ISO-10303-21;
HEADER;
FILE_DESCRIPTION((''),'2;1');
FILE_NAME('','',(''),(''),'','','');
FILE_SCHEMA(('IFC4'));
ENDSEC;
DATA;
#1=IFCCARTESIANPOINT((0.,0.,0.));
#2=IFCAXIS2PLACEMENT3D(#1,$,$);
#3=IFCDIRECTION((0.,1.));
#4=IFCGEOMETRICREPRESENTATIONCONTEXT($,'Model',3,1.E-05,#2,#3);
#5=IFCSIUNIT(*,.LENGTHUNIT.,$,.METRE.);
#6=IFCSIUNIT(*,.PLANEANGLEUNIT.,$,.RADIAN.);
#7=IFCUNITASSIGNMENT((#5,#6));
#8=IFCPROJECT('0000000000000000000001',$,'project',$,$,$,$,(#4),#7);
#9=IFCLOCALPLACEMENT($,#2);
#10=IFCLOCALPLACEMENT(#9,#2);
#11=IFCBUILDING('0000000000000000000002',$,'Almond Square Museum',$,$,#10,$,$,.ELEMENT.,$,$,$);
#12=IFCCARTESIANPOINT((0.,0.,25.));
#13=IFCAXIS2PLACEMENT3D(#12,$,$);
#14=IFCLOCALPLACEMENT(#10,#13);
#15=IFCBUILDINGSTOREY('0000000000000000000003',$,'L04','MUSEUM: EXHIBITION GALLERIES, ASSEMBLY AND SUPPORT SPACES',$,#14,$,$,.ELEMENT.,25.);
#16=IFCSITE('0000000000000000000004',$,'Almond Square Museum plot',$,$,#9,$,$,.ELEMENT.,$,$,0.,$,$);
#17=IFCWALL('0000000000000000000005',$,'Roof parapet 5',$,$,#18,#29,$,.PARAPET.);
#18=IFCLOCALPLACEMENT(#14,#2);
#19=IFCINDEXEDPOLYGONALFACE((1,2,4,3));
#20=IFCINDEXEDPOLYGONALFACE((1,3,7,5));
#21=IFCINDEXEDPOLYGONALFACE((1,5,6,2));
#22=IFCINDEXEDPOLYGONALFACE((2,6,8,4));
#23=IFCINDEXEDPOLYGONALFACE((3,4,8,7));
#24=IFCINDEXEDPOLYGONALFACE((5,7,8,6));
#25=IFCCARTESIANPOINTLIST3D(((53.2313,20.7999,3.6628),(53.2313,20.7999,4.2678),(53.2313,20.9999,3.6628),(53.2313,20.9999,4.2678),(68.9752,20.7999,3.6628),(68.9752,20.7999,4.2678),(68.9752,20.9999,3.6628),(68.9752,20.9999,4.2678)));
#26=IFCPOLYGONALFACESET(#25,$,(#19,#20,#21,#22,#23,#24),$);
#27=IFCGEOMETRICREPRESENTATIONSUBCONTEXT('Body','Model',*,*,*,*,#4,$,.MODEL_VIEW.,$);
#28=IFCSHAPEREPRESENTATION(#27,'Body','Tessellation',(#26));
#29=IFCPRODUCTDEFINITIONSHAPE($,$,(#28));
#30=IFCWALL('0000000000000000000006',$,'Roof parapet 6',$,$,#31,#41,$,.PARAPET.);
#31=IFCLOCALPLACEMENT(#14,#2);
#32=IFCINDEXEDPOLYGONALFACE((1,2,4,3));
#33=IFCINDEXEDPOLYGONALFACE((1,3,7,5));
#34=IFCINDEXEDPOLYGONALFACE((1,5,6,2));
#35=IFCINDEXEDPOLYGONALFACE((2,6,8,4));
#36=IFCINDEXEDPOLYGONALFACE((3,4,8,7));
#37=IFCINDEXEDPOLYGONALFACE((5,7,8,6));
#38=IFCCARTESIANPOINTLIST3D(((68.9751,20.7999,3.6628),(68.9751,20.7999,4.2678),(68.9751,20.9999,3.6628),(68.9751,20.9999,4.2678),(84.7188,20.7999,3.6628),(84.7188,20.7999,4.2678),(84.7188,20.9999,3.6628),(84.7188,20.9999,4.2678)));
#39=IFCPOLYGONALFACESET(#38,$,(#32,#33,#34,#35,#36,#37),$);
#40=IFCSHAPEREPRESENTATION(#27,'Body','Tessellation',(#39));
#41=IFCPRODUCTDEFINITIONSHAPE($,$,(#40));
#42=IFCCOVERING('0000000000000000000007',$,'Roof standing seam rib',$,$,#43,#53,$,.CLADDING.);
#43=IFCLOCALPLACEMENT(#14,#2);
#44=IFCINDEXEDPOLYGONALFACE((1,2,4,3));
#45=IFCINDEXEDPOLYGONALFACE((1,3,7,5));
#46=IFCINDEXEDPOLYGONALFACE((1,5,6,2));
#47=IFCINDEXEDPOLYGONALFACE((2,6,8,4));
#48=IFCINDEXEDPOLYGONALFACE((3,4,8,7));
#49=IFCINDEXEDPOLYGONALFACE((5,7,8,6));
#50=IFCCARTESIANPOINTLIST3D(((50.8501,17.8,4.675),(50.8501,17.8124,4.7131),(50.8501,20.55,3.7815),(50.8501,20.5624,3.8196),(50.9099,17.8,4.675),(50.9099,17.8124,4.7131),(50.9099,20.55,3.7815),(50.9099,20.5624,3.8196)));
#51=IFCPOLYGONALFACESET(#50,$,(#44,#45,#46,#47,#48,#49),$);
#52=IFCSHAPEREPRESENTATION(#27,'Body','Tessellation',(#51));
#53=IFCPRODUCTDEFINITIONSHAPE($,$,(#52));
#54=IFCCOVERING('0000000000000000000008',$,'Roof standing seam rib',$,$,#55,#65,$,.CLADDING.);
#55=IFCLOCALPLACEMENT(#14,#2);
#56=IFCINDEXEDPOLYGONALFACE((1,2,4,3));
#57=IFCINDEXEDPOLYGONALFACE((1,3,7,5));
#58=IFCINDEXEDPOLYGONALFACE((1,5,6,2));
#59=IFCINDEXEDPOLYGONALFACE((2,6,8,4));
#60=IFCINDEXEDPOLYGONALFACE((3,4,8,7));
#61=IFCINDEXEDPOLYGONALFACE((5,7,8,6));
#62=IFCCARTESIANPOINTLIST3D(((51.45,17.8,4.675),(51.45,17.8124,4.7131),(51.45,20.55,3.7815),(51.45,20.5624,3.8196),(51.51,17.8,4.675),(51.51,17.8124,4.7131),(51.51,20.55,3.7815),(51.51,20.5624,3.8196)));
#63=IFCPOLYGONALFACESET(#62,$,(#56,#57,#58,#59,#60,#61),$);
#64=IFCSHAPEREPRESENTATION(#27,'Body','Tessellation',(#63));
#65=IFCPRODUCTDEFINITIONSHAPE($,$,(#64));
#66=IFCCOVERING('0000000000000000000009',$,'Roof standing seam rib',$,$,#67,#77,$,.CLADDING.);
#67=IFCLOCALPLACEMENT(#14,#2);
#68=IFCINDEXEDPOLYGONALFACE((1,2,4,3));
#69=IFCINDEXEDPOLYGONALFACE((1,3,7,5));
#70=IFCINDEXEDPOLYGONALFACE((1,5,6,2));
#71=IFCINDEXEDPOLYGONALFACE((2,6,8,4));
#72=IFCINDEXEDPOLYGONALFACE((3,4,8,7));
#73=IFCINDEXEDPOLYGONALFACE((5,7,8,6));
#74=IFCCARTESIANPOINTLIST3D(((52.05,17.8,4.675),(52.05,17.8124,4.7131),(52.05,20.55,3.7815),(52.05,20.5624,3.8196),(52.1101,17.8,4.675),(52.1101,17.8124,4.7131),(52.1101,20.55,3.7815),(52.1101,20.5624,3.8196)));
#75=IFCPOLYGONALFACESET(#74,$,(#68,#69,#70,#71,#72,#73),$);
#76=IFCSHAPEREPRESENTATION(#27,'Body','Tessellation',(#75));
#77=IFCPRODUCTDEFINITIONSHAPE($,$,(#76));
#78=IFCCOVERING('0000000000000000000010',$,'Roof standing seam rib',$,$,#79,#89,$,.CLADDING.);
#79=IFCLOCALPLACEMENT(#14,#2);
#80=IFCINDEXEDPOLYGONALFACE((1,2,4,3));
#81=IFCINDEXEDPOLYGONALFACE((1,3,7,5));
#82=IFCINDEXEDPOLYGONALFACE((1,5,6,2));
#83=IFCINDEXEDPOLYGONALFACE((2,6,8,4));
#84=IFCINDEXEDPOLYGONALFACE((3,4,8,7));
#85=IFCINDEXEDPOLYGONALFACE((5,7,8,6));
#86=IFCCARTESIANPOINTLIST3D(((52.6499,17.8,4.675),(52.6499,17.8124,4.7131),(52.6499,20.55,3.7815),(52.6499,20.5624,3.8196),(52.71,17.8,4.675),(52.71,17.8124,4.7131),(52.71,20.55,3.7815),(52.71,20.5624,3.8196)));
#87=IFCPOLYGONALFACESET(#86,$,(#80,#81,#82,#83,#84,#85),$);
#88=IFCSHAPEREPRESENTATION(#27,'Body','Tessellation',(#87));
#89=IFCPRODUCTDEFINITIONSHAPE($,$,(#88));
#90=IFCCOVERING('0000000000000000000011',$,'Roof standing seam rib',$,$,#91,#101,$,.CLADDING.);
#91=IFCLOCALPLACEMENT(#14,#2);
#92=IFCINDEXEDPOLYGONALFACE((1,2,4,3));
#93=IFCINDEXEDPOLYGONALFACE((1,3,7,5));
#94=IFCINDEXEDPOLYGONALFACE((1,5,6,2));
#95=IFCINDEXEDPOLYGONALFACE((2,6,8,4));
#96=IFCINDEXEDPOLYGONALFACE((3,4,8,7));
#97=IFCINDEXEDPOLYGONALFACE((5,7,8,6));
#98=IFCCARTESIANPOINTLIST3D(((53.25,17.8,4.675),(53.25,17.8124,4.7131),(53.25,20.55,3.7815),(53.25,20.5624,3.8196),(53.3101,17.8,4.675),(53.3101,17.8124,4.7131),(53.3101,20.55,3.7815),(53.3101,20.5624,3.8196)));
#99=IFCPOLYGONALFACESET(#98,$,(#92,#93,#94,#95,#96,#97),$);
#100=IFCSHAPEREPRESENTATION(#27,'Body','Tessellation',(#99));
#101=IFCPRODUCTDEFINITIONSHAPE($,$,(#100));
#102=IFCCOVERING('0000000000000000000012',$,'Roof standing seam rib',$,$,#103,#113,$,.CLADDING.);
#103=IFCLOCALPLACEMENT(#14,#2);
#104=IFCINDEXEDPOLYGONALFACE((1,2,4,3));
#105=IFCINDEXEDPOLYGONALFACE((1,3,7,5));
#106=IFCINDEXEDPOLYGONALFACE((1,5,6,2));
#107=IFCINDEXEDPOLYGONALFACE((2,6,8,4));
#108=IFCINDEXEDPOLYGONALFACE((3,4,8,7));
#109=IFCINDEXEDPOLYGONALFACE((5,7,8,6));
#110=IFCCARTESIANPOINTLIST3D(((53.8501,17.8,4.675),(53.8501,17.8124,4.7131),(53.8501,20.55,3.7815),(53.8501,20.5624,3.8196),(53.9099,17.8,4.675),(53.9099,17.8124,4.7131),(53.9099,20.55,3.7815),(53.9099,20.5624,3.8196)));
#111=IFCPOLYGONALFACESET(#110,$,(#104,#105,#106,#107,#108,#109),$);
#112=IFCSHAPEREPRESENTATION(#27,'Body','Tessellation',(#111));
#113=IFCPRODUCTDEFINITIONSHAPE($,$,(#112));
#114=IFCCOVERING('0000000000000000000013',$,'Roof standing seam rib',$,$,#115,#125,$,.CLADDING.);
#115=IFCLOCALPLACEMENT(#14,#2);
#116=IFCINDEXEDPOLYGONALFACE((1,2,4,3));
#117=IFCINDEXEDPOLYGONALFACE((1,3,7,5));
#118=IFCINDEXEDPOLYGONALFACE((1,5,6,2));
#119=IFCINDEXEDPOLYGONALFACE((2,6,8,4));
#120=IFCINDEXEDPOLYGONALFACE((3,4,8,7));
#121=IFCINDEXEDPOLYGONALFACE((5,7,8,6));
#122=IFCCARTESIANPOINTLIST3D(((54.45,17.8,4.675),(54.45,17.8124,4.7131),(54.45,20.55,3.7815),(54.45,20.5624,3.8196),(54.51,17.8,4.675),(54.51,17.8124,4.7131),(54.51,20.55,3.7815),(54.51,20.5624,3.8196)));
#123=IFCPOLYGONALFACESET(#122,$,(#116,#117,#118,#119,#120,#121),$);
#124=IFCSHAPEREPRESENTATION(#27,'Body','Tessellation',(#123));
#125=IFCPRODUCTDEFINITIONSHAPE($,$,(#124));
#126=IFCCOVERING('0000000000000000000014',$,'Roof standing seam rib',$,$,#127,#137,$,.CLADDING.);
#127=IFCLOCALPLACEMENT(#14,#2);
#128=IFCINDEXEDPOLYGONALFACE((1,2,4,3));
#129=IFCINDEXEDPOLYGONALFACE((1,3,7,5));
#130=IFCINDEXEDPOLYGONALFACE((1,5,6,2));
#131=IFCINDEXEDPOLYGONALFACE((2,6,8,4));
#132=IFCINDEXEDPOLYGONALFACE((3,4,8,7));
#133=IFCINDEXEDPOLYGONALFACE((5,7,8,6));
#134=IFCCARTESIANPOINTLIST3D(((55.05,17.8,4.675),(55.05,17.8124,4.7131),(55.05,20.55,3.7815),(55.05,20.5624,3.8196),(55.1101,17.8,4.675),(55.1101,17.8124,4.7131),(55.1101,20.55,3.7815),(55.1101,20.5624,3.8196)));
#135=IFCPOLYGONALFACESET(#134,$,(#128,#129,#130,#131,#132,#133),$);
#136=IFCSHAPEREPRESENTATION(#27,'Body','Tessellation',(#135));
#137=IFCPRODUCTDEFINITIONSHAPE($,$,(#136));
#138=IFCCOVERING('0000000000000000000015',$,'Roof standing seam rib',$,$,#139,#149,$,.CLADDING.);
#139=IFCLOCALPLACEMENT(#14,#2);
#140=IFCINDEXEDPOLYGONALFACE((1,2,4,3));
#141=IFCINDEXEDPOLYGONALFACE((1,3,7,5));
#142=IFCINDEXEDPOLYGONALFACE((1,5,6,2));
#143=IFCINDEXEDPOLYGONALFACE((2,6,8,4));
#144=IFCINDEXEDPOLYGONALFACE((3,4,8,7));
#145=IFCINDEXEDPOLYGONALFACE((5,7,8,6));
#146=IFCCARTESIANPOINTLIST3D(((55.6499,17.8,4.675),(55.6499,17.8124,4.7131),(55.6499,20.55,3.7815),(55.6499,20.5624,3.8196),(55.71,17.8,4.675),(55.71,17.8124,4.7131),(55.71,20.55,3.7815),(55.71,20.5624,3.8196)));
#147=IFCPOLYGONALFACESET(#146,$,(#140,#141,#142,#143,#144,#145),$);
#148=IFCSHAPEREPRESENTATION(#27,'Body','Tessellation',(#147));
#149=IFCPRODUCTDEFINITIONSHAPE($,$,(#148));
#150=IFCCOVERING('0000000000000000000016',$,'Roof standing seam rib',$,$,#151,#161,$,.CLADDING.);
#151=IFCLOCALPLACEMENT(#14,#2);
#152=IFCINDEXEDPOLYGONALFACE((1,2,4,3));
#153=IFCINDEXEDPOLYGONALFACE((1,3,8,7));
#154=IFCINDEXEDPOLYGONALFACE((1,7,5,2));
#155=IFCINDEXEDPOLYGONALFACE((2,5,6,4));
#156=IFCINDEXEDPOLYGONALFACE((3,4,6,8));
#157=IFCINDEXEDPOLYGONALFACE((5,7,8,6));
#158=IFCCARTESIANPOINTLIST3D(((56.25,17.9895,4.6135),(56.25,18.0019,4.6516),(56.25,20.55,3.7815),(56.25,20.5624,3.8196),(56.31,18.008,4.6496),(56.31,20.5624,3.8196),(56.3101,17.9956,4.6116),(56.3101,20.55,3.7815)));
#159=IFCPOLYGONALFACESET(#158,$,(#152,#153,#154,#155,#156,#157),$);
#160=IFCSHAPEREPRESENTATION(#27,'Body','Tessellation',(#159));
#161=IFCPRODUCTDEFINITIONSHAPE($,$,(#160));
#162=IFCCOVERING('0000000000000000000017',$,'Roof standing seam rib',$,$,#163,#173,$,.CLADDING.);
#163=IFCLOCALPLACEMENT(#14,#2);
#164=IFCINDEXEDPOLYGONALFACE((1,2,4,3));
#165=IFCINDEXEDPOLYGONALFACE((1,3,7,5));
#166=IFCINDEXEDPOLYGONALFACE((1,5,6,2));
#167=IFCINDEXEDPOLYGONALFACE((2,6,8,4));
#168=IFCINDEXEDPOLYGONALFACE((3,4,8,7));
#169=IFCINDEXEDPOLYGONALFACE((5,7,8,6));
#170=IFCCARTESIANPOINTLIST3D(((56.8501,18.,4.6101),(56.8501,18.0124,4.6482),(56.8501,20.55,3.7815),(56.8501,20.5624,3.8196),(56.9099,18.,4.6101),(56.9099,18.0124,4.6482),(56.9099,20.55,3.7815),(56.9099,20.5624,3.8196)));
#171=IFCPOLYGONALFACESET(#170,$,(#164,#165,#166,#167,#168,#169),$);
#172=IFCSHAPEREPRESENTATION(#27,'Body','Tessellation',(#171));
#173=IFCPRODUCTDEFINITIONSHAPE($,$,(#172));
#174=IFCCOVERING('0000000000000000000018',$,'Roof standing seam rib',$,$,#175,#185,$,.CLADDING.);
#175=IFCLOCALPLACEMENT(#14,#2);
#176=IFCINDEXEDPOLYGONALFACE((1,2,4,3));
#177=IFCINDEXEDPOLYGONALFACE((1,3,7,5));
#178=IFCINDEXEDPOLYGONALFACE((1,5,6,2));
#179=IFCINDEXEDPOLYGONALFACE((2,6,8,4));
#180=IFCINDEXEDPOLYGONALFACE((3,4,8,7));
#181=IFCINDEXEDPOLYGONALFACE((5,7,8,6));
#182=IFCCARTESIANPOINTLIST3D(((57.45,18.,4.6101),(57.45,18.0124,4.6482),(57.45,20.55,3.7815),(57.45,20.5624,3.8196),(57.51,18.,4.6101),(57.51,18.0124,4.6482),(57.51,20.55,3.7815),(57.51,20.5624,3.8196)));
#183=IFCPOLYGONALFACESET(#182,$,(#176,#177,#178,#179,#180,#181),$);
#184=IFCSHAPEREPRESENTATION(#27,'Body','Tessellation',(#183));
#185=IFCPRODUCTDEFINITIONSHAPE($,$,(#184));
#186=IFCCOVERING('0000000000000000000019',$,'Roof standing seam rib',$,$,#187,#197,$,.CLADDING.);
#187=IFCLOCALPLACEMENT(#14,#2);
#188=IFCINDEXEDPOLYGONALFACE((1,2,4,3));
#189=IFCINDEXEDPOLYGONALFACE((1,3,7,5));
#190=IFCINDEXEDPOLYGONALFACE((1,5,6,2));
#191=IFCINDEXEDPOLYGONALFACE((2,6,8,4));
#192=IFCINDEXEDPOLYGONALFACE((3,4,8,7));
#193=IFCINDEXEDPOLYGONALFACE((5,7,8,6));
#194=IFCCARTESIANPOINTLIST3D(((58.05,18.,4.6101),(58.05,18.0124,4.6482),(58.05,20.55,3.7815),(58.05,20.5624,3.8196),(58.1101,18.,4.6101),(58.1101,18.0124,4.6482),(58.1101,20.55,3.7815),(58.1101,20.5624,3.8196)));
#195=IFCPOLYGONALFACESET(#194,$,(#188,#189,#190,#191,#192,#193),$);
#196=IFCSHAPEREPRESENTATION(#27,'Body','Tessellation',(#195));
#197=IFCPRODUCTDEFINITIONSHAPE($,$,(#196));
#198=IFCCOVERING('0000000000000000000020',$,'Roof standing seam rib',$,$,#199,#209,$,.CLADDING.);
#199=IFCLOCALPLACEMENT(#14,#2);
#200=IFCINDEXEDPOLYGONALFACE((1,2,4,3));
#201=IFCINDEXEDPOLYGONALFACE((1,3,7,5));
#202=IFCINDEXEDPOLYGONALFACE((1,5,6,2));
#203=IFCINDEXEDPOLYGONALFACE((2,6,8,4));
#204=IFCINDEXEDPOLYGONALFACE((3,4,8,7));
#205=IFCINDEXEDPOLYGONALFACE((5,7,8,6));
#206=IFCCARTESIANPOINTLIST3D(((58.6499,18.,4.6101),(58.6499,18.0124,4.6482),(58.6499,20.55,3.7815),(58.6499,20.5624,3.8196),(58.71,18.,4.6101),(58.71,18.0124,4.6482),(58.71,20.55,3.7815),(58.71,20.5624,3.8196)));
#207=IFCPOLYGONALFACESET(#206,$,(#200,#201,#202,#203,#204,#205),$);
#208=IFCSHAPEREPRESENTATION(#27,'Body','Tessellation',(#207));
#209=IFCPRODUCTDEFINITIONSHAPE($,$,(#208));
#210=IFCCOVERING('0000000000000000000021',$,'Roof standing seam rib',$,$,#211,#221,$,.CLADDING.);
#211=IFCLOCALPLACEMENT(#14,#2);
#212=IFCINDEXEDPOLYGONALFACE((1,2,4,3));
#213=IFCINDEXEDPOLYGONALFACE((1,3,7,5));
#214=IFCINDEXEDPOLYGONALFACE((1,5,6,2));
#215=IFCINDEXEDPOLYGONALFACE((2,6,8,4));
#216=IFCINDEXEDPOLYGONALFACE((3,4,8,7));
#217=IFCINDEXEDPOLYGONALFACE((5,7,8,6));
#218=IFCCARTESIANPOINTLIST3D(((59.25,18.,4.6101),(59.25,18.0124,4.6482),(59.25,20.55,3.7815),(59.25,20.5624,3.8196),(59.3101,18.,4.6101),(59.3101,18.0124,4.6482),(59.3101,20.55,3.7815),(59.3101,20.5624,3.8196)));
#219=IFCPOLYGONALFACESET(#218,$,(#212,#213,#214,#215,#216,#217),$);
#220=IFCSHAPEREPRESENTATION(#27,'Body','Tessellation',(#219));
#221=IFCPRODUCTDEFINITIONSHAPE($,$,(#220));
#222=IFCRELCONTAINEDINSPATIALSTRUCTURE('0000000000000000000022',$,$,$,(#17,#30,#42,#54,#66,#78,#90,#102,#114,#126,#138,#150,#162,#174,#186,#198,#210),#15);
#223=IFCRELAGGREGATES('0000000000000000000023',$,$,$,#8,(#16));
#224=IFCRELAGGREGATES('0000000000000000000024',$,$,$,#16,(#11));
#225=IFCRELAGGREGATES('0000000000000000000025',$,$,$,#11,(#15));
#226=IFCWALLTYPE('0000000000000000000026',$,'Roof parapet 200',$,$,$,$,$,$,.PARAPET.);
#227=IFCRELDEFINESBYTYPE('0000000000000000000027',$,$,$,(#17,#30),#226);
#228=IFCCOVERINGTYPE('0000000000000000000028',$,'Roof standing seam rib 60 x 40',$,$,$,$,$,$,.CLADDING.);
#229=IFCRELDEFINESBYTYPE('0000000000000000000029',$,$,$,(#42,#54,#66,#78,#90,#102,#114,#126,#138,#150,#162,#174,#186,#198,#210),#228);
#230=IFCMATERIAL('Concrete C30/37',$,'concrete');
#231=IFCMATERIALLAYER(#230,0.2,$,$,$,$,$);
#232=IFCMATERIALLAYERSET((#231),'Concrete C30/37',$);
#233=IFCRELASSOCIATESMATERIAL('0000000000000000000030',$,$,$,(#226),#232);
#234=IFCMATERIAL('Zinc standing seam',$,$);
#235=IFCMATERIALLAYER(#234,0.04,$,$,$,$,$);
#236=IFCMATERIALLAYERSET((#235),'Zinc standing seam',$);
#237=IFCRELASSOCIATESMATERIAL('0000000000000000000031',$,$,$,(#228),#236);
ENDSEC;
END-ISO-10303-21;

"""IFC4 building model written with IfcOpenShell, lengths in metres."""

from ifc_helpers import new_model, si_unit, direction, frame, frame_2d, origin, place, context, subcontext, project, spatial, polyline, rectangle, outline, extrude, material, layer, layer_set, type_object, element, save


model = new_model("IFC4")

# Units and contexts
model_context = context("Model", 3, precision=1e-05, world=origin(), true_north=direction((0.0, 1.0)))
body_context = subcontext(model_context, "Body", "Model", "MODEL_VIEW")
ifc_project = project(units=[si_unit("LENGTHUNIT", "METRE"), si_unit("PLANEANGLEUNIT", "RADIAN")], contexts=[model_context])

# Site, building, storey
site_placement = place(None, origin())
site = spatial("IfcSite", under=ifc_project, at=site_placement, Name="Almond Square Museum plot", CompositionType="ELEMENT", RefElevation=0.0)
building_placement = place(site_placement, origin())
building = spatial("IfcBuilding", under=site, at=building_placement, Name="Almond Square Museum", CompositionType="ELEMENT")
storey_placement = place(building_placement, frame((0.0, 0.0, 25.0)))
storey = spatial("IfcBuildingStorey", under=building, at=storey_placement, Name="L04", Description="MUSEUM: EXHIBITION GALLERIES, ASSEMBLY AND SUPPORT SPACES", CompositionType="ELEMENT", Elevation=25.0)

# Walls
ifc_material_1 = material(Name="Concrete C30/37", Category="concrete")
ifc_layer_1 = layer(ifc_material_1, 0.2)
ifc_layer_set_1 = layer_set([ifc_layer_1], Name="Concrete C30/37")
wall_type = type_object("IfcWallType", Name="Roof parapet 200", PredefinedType="PARAPET", material=ifc_layer_set_1)
wall_1_placement = place(storey_placement, frame((53.2312, 20.8999, 3.6628), z_axis=(0.0, 0.0, 1.0), x_axis=(1.0, 0.0, 0.0)))
element("IfcWall", 1, at=wall_1_placement, inside=storey, type_object=wall_type, Name="Roof parapet 5", PredefinedType="PARAPET", context=body_context, shape_type="SweptSolid", body=[
    extrude(rectangle(XDim=15.7439, YDim=0.2, at=frame_2d((7.8721, 0.0))), origin(), (0.0, 0.0, 1.0), 0.605),
])
wall_2_placement = place(storey_placement, frame((68.9751, 20.8999, 3.6628), z_axis=(0.0, 0.0, 1.0), x_axis=(1.0, 0.0, 0.0)))
element("IfcWall", 2, at=wall_2_placement, inside=storey, type_object=wall_type, Name="Roof parapet 6", PredefinedType="PARAPET", context=body_context, shape_type="SweptSolid", body=[
    extrude(rectangle(XDim=15.7437, YDim=0.2, at=frame_2d((7.8718, 0.0))), origin(), (0.0, 0.0, 1.0), 0.605),
])

# Coverings
ifc_material_2 = material(Name="Zinc standing seam")
ifc_layer_2 = layer(ifc_material_2, 0.04)
ifc_layer_set_2 = layer_set([ifc_layer_2], Name="Zinc standing seam")
covering_type = type_object("IfcCoveringType", Name="Roof standing seam rib 60 x 40", PredefinedType="CLADDING", material=ifc_layer_set_2)
covering_1_placement = place(storey_placement, frame((50.9099, 17.8, 4.675), z_axis=(0.0, 0.309025, 0.951054), x_axis=(0.0, 0.951054, -0.309025)))
element("IfcCovering", 3, at=covering_1_placement, inside=storey, type_object=covering_type, Name="Roof standing seam rib", PredefinedType="CLADDING", context=body_context, shape_type="SweptSolid", body=[
    extrude(outline(polyline([(0.0, 0.0), (2.8915, 0.0), (2.8915, 0.0598), (0.0, 0.0598), (0.0, 0.0)])), origin(), (0.0, 0.0, 1.0), 0.04),
])
for number, where, z_axis, x_axis, name in (
    (4, (51.51, 17.8, 4.675), (0.0, 0.309025, 0.951054), (0.0, 0.951054, -0.309025), "Roof standing seam rib"),
    (5, (52.1101, 17.8, 4.675), (0.0, 0.309025, 0.951054), (0.0, 0.951054, -0.309025), "Roof standing seam rib"),
    (6, (52.71, 17.8, 4.675), (0.0, 0.309025, 0.951054), (0.0, 0.951054, -0.309025), "Roof standing seam rib"),
    (7, (53.3101, 17.8, 4.675), (0.0, 0.309025, 0.951054), (0.0, 0.951054, -0.309025), "Roof standing seam rib"),
):
    element("IfcCovering", number, at=place(storey_placement, frame(where, z_axis=z_axis, x_axis=x_axis)), inside=storey, type_object=covering_type, Name=name, PredefinedType="CLADDING", context=body_context, shape_type="SweptSolid", body=[
        extrude(outline(polyline([(0.0, 0.0), (2.8915, 0.0), (2.8915, 0.0601), (0.0, 0.0601), (0.0, 0.0)])), origin(), (0.0, 0.0, 1.0), 0.04),
    ])
covering_2_placement = place(storey_placement, frame((53.9099, 17.8, 4.675), z_axis=(0.0, 0.309025, 0.951054), x_axis=(0.0, 0.951054, -0.309025)))
element("IfcCovering", 8, at=covering_2_placement, inside=storey, type_object=covering_type, Name="Roof standing seam rib", PredefinedType="CLADDING", context=body_context, shape_type="SweptSolid", body=[
    extrude(outline(polyline([(0.0, 0.0), (2.8915, 0.0), (2.8915, 0.0598), (0.0, 0.0598), (0.0, 0.0)])), origin(), (0.0, 0.0, 1.0), 0.04),
])
for number, where, z_axis, x_axis, name in (
    (9, (54.51, 17.8, 4.675), (0.0, 0.309025, 0.951054), (0.0, 0.951054, -0.309025), "Roof standing seam rib"),
    (10, (55.1101, 17.8, 4.675), (0.0, 0.309025, 0.951054), (0.0, 0.951054, -0.309025), "Roof standing seam rib"),
    (11, (55.71, 17.8, 4.675), (0.0, 0.309025, 0.951054), (0.0, 0.951054, -0.309025), "Roof standing seam rib"),
):
    element("IfcCovering", number, at=place(storey_placement, frame(where, z_axis=z_axis, x_axis=x_axis)), inside=storey, type_object=covering_type, Name=name, PredefinedType="CLADDING", context=body_context, shape_type="SweptSolid", body=[
        extrude(outline(polyline([(0.0, 0.0), (2.8915, 0.0), (2.8915, 0.0601), (0.0, 0.0601), (0.0, 0.0)])), origin(), (0.0, 0.0, 1.0), 0.04),
    ])
covering_3_placement = place(storey_placement, frame((56.3101, 20.55, 3.7815), z_axis=(-0.000239, 0.309042, 0.951048), x_axis=(-1.0, -0.000074, -0.000227)))
element("IfcCovering", 12, at=covering_3_placement, inside=storey, type_object=covering_type, Name="Roof standing seam rib", PredefinedType="CLADDING", context=body_context, shape_type="SweptSolid", body=[
    extrude(outline(polyline([(0.0, 0.0), (0.0601, 0.0), (0.0601, 2.6923), (0.0, 2.6859), (0.0, 0.0)])), origin(), (0.0, 0.0, 1.0), 0.04),
])
covering_4_placement = place(storey_placement, frame((56.9099, 18.0, 4.6101), z_axis=(0.0, 0.309035, 0.951051), x_axis=(0.0, 0.951051, -0.309035)))
element("IfcCovering", 13, at=covering_4_placement, inside=storey, type_object=covering_type, Name="Roof standing seam rib", PredefinedType="CLADDING", context=body_context, shape_type="SweptSolid", body=[
    extrude(outline(polyline([(0.0, 0.0), (2.6813, 0.0), (2.6813, 0.0598), (0.0, 0.0598), (0.0, 0.0)])), origin(), (0.0, 0.0, 1.0), 0.04),
])
for number, where, z_axis, x_axis, name in (
    (14, (57.51, 18.0, 4.6101), (0.0, 0.309035, 0.951051), (0.0, 0.951051, -0.309035), "Roof standing seam rib"),
    (15, (58.1101, 18.0, 4.6101), (0.0, 0.309035, 0.951051), (0.0, 0.951051, -0.309035), "Roof standing seam rib"),
    (16, (58.71, 18.0, 4.6101), (0.0, 0.309035, 0.951051), (0.0, 0.951051, -0.309035), "Roof standing seam rib"),
    (17, (59.3101, 18.0, 4.6101), (0.0, 0.309035, 0.951051), (0.0, 0.951051, -0.309035), "Roof standing seam rib"),
):
    element("IfcCovering", number, at=place(storey_placement, frame(where, z_axis=z_axis, x_axis=x_axis)), inside=storey, type_object=covering_type, Name=name, PredefinedType="CLADDING", context=body_context, shape_type="SweptSolid", body=[
        extrude(outline(polyline([(0.0, 0.0), (2.6813, 0.0), (2.6813, 0.0601), (0.0, 0.0601), (0.0, 0.0)])), origin(), (0.0, 0.0, 1.0), 0.04),
    ])

save(model, "model.ifc")
